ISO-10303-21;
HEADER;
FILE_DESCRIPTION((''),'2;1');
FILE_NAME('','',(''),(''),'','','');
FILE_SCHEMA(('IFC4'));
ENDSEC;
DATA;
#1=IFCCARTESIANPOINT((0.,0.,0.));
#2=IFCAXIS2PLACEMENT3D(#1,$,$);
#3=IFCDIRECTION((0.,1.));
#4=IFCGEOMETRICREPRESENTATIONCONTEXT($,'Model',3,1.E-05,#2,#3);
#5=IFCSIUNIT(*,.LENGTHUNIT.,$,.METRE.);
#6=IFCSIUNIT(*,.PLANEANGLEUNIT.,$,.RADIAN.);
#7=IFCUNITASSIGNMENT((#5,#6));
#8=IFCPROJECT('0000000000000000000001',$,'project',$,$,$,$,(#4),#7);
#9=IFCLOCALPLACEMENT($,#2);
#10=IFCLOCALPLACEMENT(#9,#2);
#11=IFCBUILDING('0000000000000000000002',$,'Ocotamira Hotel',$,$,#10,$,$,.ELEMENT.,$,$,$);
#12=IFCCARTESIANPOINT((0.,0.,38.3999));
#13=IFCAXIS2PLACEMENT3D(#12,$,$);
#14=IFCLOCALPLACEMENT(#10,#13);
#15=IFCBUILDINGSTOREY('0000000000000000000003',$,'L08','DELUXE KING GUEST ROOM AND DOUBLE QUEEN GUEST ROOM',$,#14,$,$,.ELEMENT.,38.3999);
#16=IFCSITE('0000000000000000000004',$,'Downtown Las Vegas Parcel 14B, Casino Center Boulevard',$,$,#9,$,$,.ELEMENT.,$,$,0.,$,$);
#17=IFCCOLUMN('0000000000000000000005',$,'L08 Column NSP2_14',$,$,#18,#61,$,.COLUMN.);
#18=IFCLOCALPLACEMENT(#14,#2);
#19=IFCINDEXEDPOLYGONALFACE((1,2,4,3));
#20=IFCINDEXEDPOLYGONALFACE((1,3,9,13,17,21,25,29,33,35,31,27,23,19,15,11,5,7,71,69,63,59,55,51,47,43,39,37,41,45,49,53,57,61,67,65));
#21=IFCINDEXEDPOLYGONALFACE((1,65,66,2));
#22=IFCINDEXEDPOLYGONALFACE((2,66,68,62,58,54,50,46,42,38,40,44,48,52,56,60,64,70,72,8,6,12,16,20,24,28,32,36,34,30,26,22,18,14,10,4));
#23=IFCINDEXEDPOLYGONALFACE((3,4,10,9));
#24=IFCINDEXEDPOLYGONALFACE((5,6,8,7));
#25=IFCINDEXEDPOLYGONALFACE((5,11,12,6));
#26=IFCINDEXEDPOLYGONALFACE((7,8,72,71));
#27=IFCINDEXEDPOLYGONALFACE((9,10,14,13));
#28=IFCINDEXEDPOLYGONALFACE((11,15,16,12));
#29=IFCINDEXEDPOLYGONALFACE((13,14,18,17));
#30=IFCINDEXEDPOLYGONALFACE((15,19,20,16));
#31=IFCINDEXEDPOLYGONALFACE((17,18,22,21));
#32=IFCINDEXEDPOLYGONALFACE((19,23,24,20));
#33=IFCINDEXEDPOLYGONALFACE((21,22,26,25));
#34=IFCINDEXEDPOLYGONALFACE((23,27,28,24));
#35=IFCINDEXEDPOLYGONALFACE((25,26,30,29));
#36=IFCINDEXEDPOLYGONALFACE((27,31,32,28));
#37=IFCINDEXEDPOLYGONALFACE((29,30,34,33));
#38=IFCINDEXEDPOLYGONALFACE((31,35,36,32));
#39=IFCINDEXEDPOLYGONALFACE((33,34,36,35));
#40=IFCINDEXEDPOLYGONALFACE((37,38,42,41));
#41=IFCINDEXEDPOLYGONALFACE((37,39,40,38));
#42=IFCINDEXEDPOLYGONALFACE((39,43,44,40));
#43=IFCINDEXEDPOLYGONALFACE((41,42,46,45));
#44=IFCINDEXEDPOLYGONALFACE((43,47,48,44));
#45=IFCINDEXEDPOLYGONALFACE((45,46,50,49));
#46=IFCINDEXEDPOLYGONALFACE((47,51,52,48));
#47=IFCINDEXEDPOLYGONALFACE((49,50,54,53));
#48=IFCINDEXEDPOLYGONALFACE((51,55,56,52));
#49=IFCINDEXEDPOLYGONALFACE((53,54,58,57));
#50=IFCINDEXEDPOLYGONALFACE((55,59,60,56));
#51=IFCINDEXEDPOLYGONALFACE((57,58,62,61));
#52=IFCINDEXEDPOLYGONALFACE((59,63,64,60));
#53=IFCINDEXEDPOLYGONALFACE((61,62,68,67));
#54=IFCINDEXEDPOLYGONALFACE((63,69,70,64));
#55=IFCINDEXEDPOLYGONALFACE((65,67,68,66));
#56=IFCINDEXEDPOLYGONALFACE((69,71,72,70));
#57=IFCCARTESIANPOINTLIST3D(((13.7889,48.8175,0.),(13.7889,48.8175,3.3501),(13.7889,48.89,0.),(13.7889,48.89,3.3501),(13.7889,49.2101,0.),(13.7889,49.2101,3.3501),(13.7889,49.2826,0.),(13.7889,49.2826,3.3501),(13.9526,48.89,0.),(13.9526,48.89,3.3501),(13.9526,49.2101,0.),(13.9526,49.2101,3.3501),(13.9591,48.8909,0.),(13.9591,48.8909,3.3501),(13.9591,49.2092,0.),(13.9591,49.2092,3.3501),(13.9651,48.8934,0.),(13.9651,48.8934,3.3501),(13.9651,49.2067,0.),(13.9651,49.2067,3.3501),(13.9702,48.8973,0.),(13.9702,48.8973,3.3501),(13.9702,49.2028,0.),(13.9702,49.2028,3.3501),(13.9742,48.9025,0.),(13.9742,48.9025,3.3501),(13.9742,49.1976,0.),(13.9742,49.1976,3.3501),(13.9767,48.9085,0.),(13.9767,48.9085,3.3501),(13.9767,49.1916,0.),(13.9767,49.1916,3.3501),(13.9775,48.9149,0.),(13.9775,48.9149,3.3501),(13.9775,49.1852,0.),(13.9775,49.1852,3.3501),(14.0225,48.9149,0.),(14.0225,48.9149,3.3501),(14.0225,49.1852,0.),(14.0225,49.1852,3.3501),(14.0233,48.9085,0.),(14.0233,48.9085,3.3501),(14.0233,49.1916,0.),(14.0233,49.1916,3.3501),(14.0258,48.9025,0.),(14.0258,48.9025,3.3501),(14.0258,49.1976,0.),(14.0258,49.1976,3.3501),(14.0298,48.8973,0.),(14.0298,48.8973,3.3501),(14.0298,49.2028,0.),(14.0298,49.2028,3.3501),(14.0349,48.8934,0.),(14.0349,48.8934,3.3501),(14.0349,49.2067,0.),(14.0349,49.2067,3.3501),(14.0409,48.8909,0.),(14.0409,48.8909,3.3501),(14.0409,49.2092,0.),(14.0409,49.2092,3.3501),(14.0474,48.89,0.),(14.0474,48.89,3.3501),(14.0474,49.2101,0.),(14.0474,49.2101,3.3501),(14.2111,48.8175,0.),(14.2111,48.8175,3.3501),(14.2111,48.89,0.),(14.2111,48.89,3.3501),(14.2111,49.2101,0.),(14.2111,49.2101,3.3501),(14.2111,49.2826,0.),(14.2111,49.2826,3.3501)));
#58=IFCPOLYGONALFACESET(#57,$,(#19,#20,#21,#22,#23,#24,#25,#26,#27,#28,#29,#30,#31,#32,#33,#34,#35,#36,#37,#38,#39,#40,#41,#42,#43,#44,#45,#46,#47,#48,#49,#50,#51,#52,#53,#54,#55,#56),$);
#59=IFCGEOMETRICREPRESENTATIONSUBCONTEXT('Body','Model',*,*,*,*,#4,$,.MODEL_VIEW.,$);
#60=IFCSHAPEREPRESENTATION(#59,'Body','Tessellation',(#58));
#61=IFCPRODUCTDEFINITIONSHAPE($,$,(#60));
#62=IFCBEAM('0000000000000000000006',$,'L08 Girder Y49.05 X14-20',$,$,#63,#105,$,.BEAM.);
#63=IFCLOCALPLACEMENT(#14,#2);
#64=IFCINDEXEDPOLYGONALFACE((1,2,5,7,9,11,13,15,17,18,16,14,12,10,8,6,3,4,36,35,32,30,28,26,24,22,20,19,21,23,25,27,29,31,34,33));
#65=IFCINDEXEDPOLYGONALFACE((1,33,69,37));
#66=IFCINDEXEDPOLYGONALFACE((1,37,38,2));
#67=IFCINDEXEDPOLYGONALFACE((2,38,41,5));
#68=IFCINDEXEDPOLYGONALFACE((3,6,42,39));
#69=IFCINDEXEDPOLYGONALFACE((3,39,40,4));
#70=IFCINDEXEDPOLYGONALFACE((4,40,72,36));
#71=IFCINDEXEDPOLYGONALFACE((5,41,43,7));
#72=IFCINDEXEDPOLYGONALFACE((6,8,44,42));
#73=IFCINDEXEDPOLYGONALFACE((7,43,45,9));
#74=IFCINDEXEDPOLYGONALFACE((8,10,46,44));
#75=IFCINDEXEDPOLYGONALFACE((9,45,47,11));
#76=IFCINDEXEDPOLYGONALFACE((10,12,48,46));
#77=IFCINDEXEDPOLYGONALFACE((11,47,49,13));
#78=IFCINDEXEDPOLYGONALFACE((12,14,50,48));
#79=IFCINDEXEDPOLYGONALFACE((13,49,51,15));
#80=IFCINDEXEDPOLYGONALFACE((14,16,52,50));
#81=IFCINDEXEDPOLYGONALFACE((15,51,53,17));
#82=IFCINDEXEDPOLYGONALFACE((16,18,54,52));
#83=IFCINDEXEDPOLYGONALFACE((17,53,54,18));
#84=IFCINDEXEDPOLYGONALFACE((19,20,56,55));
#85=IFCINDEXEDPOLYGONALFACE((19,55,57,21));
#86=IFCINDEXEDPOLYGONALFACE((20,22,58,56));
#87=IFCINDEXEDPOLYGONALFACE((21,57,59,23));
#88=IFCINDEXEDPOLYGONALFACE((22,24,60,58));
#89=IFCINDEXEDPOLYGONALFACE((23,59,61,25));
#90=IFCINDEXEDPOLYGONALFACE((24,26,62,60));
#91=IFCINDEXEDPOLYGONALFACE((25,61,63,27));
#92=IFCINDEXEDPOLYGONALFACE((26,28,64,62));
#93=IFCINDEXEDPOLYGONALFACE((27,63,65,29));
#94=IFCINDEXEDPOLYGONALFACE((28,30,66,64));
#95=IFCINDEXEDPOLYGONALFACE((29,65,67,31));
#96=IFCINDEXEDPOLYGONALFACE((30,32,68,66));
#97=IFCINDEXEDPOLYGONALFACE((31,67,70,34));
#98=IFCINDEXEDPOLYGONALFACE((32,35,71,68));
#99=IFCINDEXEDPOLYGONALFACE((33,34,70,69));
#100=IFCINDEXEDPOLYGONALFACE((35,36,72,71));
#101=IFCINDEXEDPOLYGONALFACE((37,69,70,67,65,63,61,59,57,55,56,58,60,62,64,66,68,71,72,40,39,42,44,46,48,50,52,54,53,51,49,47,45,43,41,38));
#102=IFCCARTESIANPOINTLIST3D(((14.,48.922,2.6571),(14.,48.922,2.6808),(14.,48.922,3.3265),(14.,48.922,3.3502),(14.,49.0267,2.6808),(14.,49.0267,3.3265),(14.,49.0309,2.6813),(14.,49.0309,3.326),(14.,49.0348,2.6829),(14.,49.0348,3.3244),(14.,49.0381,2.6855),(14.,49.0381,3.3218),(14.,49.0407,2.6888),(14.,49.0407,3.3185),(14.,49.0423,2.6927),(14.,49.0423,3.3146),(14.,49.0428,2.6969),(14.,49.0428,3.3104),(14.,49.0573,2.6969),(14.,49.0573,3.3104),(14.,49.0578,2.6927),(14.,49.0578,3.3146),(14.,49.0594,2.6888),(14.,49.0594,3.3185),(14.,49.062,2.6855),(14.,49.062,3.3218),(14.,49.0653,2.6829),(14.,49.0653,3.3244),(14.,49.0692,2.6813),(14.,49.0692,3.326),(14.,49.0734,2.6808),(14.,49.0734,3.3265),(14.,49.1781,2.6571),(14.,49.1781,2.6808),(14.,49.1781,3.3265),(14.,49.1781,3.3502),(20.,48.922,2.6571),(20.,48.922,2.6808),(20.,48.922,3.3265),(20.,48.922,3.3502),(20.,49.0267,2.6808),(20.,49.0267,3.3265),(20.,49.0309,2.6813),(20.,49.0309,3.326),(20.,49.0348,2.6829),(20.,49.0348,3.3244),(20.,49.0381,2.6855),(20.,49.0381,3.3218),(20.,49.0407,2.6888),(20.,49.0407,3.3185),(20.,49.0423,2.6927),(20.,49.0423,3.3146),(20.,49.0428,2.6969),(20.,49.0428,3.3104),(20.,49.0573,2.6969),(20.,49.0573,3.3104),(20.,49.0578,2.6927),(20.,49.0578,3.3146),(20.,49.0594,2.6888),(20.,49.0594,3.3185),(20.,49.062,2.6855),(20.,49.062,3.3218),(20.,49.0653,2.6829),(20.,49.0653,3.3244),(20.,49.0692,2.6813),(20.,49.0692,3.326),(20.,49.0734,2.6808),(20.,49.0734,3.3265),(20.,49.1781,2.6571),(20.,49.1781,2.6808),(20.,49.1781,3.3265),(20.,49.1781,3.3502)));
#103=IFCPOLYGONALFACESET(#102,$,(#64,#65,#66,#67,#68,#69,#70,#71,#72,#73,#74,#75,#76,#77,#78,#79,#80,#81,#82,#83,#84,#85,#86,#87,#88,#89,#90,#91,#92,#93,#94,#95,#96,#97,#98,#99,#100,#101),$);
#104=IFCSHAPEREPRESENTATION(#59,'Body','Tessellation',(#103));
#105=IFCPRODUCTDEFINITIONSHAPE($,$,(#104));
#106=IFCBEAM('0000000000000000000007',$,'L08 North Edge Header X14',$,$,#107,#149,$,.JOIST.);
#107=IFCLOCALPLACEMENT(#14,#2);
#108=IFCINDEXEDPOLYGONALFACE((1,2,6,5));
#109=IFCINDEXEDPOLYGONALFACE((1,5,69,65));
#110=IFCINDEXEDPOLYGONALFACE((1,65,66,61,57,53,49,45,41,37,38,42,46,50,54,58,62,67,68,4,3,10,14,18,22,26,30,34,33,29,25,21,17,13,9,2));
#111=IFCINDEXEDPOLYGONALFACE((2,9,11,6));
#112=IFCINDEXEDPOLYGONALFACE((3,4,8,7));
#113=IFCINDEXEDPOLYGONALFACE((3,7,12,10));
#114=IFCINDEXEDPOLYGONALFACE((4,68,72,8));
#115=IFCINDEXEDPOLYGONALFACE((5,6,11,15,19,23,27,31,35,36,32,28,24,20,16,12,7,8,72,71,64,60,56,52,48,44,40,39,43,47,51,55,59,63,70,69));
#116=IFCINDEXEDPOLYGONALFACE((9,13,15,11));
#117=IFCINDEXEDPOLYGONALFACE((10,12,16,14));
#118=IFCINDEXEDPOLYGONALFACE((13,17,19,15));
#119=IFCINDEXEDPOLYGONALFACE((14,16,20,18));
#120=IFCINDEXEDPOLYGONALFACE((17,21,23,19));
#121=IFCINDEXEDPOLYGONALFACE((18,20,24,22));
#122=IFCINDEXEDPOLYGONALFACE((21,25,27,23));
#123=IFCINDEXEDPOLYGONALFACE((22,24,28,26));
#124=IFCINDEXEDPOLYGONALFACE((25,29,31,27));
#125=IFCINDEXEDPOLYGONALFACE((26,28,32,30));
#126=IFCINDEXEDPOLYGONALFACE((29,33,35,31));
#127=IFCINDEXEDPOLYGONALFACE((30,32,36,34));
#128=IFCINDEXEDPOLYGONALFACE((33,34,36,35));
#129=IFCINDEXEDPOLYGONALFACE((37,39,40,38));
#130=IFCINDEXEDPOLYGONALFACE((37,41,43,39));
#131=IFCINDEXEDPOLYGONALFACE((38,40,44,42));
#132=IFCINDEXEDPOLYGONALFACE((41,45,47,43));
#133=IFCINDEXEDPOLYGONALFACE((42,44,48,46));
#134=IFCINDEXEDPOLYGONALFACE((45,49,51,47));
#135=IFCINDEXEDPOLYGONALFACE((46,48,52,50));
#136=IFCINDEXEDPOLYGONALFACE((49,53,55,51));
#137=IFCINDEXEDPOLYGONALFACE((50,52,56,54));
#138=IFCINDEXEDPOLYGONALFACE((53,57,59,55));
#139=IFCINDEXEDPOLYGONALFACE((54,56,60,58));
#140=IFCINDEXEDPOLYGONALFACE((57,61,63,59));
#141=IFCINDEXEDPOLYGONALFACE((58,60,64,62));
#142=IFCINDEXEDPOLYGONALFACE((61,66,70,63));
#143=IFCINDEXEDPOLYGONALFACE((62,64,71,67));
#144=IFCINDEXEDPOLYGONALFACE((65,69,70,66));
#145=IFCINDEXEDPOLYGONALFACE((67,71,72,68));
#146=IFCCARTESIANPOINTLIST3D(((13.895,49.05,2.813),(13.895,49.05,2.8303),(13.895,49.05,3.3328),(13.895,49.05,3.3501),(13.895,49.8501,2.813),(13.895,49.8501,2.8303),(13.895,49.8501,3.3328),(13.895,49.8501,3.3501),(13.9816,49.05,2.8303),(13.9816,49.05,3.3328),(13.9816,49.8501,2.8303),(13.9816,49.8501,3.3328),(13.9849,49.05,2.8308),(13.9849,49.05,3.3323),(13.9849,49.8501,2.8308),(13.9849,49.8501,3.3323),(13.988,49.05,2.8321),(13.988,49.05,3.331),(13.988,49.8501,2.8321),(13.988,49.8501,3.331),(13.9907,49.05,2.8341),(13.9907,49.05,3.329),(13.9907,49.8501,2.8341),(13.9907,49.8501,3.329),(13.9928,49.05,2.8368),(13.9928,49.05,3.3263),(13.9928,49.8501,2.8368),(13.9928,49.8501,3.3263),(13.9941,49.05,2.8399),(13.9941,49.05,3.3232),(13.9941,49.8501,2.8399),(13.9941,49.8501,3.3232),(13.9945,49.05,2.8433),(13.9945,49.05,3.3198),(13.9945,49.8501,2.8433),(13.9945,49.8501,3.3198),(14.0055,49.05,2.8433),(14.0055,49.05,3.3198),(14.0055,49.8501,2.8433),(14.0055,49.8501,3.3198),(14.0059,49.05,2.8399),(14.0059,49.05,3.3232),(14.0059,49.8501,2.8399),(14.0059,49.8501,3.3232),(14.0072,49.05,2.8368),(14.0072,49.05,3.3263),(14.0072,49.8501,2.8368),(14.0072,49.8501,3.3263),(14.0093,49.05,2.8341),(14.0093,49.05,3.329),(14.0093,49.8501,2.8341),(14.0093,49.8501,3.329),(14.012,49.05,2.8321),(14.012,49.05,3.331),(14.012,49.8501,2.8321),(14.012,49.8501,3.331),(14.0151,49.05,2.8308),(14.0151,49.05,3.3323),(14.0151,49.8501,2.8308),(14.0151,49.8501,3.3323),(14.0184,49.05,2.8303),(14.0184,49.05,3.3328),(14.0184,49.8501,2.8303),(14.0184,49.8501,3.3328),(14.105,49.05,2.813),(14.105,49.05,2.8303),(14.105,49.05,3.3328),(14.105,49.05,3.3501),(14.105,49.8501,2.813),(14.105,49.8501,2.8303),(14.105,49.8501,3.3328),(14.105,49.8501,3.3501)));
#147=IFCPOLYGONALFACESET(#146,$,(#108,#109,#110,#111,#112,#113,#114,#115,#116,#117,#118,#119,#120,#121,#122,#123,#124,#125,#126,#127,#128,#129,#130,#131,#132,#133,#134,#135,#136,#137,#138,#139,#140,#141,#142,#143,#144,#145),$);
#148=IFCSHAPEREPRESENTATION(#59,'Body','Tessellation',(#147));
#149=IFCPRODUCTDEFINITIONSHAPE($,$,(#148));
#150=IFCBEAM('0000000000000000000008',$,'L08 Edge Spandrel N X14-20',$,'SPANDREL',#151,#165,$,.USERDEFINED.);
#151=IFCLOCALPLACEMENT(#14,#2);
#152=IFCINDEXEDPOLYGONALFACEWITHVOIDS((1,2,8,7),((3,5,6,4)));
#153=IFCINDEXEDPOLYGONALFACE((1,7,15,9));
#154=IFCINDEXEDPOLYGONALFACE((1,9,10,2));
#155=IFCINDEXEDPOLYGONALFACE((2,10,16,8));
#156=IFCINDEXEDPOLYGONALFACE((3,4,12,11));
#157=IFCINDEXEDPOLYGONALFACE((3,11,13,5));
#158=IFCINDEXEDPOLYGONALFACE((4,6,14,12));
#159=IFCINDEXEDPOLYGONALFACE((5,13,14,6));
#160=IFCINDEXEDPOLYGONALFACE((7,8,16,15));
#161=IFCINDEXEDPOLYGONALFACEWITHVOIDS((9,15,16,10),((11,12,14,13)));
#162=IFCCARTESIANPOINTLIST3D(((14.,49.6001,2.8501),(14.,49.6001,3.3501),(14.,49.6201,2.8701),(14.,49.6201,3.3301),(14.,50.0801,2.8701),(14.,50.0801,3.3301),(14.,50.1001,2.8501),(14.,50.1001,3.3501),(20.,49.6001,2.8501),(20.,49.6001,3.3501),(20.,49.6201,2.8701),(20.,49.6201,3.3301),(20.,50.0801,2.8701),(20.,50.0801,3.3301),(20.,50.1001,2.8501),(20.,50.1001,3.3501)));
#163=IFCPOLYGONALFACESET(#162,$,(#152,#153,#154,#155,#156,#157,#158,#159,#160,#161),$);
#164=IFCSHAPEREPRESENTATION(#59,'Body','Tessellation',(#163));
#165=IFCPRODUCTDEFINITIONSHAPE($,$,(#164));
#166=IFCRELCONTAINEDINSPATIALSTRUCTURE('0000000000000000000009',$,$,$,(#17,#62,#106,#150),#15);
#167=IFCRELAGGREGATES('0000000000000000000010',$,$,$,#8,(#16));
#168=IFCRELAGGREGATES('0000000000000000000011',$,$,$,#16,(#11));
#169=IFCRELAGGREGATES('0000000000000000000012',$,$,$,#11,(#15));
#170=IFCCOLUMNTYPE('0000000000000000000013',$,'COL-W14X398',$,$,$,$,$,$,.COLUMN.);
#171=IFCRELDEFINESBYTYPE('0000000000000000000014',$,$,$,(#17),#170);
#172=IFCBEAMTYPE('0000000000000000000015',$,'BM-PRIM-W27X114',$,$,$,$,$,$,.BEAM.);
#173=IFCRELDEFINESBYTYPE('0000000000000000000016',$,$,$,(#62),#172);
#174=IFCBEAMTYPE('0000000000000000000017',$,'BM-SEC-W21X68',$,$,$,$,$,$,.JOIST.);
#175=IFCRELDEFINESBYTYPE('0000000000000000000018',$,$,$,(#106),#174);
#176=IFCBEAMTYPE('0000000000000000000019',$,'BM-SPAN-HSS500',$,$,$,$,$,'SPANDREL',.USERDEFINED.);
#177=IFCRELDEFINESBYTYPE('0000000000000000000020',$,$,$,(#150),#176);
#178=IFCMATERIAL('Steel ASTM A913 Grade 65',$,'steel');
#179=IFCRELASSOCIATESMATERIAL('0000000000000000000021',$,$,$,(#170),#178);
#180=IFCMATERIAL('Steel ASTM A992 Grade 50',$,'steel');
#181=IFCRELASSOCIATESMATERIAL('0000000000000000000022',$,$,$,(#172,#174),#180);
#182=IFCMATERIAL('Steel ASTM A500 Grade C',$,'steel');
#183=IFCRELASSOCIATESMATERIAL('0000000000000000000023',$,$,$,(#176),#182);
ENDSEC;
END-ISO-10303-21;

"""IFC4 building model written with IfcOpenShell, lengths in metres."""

from ifc_helpers import new_model, si_unit, direction, frame, origin, origin_2d, place, context, subcontext, project, spatial, hollow_rectangle, i_section, extrude, source, transform, mapped, material, material_profile, profile_set, type_object, element, save


model = new_model("IFC4")

# Units and contexts
model_context = context("Model", 3, precision=1e-05, world=origin(), true_north=direction((0.0, 1.0)))
body_context = subcontext(model_context, "Body", "Model", "MODEL_VIEW")
ifc_project = project(units=[si_unit("LENGTHUNIT", "METRE"), si_unit("PLANEANGLEUNIT", "RADIAN")], contexts=[model_context])

# Site, building, storey
site_placement = place(None, origin())
site = spatial("IfcSite", under=ifc_project, at=site_placement, Name="Downtown Las Vegas Parcel 14B, Casino Center Boulevard", CompositionType="ELEMENT", RefElevation=0.0)
building_placement = place(site_placement, origin())
building = spatial("IfcBuilding", under=site, at=building_placement, Name="Ocotamira Hotel", CompositionType="ELEMENT")
storey_placement = place(building_placement, frame((0.0, 0.0, 38.3999)))
storey = spatial("IfcBuildingStorey", under=building, at=storey_placement, Name="L08", Description="DELUXE KING GUEST ROOM AND DOUBLE QUEEN GUEST ROOM", CompositionType="ELEMENT", Elevation=38.3999)

# Column
ifc_material_1 = material(Name="Steel ASTM A913 Grade 65", Category="steel")
ifc_material_profile_1 = material_profile(ifc_material_1, i_section(OverallWidth=0.4221, OverallDepth=0.4651, WebThickness=0.0449, FlangeThickness=0.0725, FilletRadius=0.0249, at=origin_2d()), Name="W14X398")
ifc_profile_set_1 = profile_set([ifc_material_profile_1], Name="Steel ASTM A913 Grade 65")
column_type = type_object("IfcColumnType", Name="COL-W14X398", PredefinedType="COLUMN", material=ifc_profile_set_1)
shared_shape_1 = source(origin(), body_context, "Body", "SweptSolid", [
    extrude(i_section(OverallWidth=0.4221, OverallDepth=0.4651, WebThickness=0.0449, FlangeThickness=0.0725, FilletRadius=0.0249, at=origin_2d()), origin(), (0.0, 0.0, 1.0), 3.3501),
])
column_placement = place(storey_placement, frame((14.0, 49.05, 0.0), z_axis=(0.0, 0.0, 1.0), x_axis=(1.0, 0.0, 0.0)))
element("IfcColumn", 1, at=column_placement, inside=storey, type_object=column_type, Name="L08 Column NSP2_14", PredefinedType="COLUMN", context=body_context, shape_type="MappedRepresentation", body=[
    mapped(shared_shape_1, transform((0.0, 0.0, 0.0), scale=1.0)),
])

# Beams
ifc_material_2 = material(Name="Steel ASTM A992 Grade 50", Category="steel")
ifc_material_profile_2 = material_profile(ifc_material_2, i_section(OverallWidth=0.2561, OverallDepth=0.6931, WebThickness=0.0144, FlangeThickness=0.0237, FilletRadius=0.0161, at=origin_2d()), Name="W27X114")
ifc_profile_set_2 = profile_set([ifc_material_profile_2], Name="Steel ASTM A992 Grade 50")
beam_type_1 = type_object("IfcBeamType", Name="BM-PRIM-W27X114", PredefinedType="BEAM", material=ifc_profile_set_2)
shared_shape_2 = source(origin(), body_context, "Body", "SweptSolid", [
    extrude(i_section(OverallWidth=0.2561, OverallDepth=0.6931, WebThickness=0.0144, FlangeThickness=0.0237, FilletRadius=0.0161, at=origin_2d()), origin(), (0.0, 0.0, 1.0), 6.0),
])
beam_1_placement = place(storey_placement, frame((14.0, 49.05, 3.0037), z_axis=(1.0, 0.0, 0.0), x_axis=(0.0, 1.0, 0.0)))
element("IfcBeam", 2, at=beam_1_placement, inside=storey, type_object=beam_type_1, Name="L08 Girder Y49.05 X14-20", PredefinedType="BEAM", context=body_context, shape_type="MappedRepresentation", body=[
    mapped(shared_shape_2, transform((0.0, 0.0, 0.0), scale=1.0)),
])
ifc_material_profile_3 = material_profile(ifc_material_2, i_section(OverallWidth=0.21, OverallDepth=0.5371, WebThickness=0.011, FlangeThickness=0.0173, FilletRadius=0.0129, at=origin_2d()), Name="W21X68")
ifc_profile_set_3 = profile_set([ifc_material_profile_3], Name="Steel ASTM A992 Grade 50")
beam_type_2 = type_object("IfcBeamType", Name="BM-SEC-W21X68", PredefinedType="JOIST", material=ifc_profile_set_3)
shared_shape_3 = source(origin(), body_context, "Body", "SweptSolid", [
    extrude(i_section(OverallWidth=0.21, OverallDepth=0.5371, WebThickness=0.011, FlangeThickness=0.0173, FilletRadius=0.0129, at=origin_2d()), origin(), (0.0, 0.0, 1.0), 0.8),
])
beam_2_placement = place(storey_placement, frame((14.0, 49.05, 3.0815), z_axis=(0.0, 1.0, 0.0), x_axis=(-1.0, 0.0, 0.0)))
element("IfcBeam", 3, at=beam_2_placement, inside=storey, type_object=beam_type_2, Name="L08 North Edge Header X14", PredefinedType="JOIST", context=body_context, shape_type="MappedRepresentation", body=[
    mapped(shared_shape_3, transform((0.0, 0.0, 0.0), scale=1.0)),
])
ifc_material_3 = material(Name="Steel ASTM A500 Grade C", Category="steel")
ifc_material_profile_4 = material_profile(ifc_material_3, hollow_rectangle(XDim=0.5, YDim=0.5, WallThickness=0.02, at=origin_2d()), Name="HSS500X500X20")
ifc_profile_set_4 = profile_set([ifc_material_profile_4], Name="Steel ASTM A500 Grade C")
beam_type_3 = type_object("IfcBeamType", Name="BM-SPAN-HSS500", ElementType="SPANDREL", PredefinedType="USERDEFINED", material=ifc_profile_set_4)
shared_shape_4 = source(origin(), body_context, "Body", "SweptSolid", [
    extrude(hollow_rectangle(XDim=0.5, YDim=0.5, WallThickness=0.02, at=origin_2d()), origin(), (0.0, 0.0, 1.0), 6.0),
])
beam_3_placement = place(storey_placement, frame((14.0, 49.8501, 3.1001), z_axis=(1.0, 0.0, 0.0), x_axis=(0.0, 1.0, 0.0)))
element("IfcBeam", 4, at=beam_3_placement, inside=storey, type_object=beam_type_3, Name="L08 Edge Spandrel N X14-20", ObjectType="SPANDREL", PredefinedType="USERDEFINED", context=body_context, shape_type="MappedRepresentation", body=[
    mapped(shared_shape_4, transform((0.0, 0.0, 0.0), scale=1.0)),
])

save(model, "model.ifc")
